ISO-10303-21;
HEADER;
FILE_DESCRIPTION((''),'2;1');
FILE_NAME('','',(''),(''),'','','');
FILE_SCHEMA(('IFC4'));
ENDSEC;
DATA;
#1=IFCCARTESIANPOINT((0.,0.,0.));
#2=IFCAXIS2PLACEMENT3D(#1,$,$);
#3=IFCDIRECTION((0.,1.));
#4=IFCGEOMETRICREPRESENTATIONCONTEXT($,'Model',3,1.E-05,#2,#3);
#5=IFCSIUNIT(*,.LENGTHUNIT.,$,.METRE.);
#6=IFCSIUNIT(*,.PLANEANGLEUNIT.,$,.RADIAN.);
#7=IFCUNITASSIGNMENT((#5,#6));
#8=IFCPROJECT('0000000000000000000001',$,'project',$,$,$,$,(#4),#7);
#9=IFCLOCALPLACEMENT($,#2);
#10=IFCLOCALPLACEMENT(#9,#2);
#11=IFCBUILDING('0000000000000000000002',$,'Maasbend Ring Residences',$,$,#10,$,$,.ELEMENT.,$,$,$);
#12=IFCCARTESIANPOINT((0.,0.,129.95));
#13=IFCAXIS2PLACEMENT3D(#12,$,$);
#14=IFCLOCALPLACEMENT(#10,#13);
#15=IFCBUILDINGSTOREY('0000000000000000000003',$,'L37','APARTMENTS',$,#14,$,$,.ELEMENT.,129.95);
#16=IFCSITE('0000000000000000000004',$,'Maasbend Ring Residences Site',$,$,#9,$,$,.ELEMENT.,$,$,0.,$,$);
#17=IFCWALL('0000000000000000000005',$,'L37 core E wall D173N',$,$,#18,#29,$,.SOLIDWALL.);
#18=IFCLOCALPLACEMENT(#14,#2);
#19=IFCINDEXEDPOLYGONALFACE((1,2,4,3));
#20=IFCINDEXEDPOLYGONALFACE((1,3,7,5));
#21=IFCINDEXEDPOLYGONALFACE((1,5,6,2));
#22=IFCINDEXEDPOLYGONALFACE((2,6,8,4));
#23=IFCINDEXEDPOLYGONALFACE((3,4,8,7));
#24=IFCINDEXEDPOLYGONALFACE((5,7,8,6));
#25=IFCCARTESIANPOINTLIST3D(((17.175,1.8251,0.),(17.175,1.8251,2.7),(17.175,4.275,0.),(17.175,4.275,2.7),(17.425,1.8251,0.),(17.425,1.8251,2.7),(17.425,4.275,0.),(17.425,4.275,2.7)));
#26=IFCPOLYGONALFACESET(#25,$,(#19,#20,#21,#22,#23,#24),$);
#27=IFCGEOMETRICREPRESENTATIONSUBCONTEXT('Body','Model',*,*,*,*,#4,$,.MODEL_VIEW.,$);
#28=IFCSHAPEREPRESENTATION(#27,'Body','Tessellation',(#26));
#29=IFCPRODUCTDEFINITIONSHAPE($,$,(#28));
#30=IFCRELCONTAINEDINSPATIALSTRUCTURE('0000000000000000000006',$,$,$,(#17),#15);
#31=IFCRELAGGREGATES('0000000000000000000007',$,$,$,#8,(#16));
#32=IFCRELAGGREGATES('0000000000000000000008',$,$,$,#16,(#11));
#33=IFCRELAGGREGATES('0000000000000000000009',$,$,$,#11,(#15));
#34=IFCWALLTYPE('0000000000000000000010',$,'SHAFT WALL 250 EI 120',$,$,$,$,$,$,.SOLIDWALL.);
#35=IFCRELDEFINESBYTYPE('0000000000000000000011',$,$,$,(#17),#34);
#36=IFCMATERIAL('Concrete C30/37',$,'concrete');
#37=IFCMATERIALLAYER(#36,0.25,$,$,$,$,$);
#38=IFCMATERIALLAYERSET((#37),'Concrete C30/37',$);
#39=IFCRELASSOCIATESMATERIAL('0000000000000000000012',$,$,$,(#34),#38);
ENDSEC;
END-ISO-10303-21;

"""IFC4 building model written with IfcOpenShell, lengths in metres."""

from ifc_helpers import new_model, si_unit, direction, frame, frame_2d, origin, place, context, subcontext, project, spatial, rectangle, extrude, material, layer, layer_set, type_object, element, save


model = new_model("IFC4")

# Units and contexts
model_context = context("Model", 3, precision=1e-05, world=origin(), true_north=direction((0.0, 1.0)))
body_context = subcontext(model_context, "Body", "Model", "MODEL_VIEW")
ifc_project = project(units=[si_unit("LENGTHUNIT", "METRE"), si_unit("PLANEANGLEUNIT", "RADIAN")], contexts=[model_context])

# Site, building, storey
site_placement = place(None, origin())
site = spatial("IfcSite", under=ifc_project, at=site_placement, Name="Maasbend Ring Residences Site", CompositionType="ELEMENT", RefElevation=0.0)
building_placement = place(site_placement, origin())
building = spatial("IfcBuilding", under=site, at=building_placement, Name="Maasbend Ring Residences", CompositionType="ELEMENT")
storey_placement = place(building_placement, frame((0.0, 0.0, 129.95)))
storey = spatial("IfcBuildingStorey", under=building, at=storey_placement, Name="L37", Description="APARTMENTS", CompositionType="ELEMENT", Elevation=129.95)

# Wall
ifc_material_1 = material(Name="Concrete C30/37", Category="concrete")
ifc_layer_1 = layer(ifc_material_1, 0.25)
ifc_layer_set_1 = layer_set([ifc_layer_1], Name="Concrete C30/37")
wall_type_1 = type_object("IfcWallType", Name="SHAFT WALL 250 EI 120", PredefinedType="SOLIDWALL", material=ifc_layer_set_1)
wall_1_placement = place(storey_placement, frame((17.3, 1.825, 0.0), z_axis=(0.0, 0.0, 1.0), x_axis=(0.0, 1.0, 0.0)))
element("IfcWall", 1, at=wall_1_placement, inside=storey, type_object=wall_type_1, Name="L37 core E wall D173N", PredefinedType="SOLIDWALL", context=body_context, shape_type="SweptSolid", body=[
    extrude(rectangle(XDim=2.45, YDim=0.25, at=frame_2d((1.2251, 0.0))), origin(), (0.0, 0.0, 1.0), 2.7),
])

save(model, "model.ifc")
